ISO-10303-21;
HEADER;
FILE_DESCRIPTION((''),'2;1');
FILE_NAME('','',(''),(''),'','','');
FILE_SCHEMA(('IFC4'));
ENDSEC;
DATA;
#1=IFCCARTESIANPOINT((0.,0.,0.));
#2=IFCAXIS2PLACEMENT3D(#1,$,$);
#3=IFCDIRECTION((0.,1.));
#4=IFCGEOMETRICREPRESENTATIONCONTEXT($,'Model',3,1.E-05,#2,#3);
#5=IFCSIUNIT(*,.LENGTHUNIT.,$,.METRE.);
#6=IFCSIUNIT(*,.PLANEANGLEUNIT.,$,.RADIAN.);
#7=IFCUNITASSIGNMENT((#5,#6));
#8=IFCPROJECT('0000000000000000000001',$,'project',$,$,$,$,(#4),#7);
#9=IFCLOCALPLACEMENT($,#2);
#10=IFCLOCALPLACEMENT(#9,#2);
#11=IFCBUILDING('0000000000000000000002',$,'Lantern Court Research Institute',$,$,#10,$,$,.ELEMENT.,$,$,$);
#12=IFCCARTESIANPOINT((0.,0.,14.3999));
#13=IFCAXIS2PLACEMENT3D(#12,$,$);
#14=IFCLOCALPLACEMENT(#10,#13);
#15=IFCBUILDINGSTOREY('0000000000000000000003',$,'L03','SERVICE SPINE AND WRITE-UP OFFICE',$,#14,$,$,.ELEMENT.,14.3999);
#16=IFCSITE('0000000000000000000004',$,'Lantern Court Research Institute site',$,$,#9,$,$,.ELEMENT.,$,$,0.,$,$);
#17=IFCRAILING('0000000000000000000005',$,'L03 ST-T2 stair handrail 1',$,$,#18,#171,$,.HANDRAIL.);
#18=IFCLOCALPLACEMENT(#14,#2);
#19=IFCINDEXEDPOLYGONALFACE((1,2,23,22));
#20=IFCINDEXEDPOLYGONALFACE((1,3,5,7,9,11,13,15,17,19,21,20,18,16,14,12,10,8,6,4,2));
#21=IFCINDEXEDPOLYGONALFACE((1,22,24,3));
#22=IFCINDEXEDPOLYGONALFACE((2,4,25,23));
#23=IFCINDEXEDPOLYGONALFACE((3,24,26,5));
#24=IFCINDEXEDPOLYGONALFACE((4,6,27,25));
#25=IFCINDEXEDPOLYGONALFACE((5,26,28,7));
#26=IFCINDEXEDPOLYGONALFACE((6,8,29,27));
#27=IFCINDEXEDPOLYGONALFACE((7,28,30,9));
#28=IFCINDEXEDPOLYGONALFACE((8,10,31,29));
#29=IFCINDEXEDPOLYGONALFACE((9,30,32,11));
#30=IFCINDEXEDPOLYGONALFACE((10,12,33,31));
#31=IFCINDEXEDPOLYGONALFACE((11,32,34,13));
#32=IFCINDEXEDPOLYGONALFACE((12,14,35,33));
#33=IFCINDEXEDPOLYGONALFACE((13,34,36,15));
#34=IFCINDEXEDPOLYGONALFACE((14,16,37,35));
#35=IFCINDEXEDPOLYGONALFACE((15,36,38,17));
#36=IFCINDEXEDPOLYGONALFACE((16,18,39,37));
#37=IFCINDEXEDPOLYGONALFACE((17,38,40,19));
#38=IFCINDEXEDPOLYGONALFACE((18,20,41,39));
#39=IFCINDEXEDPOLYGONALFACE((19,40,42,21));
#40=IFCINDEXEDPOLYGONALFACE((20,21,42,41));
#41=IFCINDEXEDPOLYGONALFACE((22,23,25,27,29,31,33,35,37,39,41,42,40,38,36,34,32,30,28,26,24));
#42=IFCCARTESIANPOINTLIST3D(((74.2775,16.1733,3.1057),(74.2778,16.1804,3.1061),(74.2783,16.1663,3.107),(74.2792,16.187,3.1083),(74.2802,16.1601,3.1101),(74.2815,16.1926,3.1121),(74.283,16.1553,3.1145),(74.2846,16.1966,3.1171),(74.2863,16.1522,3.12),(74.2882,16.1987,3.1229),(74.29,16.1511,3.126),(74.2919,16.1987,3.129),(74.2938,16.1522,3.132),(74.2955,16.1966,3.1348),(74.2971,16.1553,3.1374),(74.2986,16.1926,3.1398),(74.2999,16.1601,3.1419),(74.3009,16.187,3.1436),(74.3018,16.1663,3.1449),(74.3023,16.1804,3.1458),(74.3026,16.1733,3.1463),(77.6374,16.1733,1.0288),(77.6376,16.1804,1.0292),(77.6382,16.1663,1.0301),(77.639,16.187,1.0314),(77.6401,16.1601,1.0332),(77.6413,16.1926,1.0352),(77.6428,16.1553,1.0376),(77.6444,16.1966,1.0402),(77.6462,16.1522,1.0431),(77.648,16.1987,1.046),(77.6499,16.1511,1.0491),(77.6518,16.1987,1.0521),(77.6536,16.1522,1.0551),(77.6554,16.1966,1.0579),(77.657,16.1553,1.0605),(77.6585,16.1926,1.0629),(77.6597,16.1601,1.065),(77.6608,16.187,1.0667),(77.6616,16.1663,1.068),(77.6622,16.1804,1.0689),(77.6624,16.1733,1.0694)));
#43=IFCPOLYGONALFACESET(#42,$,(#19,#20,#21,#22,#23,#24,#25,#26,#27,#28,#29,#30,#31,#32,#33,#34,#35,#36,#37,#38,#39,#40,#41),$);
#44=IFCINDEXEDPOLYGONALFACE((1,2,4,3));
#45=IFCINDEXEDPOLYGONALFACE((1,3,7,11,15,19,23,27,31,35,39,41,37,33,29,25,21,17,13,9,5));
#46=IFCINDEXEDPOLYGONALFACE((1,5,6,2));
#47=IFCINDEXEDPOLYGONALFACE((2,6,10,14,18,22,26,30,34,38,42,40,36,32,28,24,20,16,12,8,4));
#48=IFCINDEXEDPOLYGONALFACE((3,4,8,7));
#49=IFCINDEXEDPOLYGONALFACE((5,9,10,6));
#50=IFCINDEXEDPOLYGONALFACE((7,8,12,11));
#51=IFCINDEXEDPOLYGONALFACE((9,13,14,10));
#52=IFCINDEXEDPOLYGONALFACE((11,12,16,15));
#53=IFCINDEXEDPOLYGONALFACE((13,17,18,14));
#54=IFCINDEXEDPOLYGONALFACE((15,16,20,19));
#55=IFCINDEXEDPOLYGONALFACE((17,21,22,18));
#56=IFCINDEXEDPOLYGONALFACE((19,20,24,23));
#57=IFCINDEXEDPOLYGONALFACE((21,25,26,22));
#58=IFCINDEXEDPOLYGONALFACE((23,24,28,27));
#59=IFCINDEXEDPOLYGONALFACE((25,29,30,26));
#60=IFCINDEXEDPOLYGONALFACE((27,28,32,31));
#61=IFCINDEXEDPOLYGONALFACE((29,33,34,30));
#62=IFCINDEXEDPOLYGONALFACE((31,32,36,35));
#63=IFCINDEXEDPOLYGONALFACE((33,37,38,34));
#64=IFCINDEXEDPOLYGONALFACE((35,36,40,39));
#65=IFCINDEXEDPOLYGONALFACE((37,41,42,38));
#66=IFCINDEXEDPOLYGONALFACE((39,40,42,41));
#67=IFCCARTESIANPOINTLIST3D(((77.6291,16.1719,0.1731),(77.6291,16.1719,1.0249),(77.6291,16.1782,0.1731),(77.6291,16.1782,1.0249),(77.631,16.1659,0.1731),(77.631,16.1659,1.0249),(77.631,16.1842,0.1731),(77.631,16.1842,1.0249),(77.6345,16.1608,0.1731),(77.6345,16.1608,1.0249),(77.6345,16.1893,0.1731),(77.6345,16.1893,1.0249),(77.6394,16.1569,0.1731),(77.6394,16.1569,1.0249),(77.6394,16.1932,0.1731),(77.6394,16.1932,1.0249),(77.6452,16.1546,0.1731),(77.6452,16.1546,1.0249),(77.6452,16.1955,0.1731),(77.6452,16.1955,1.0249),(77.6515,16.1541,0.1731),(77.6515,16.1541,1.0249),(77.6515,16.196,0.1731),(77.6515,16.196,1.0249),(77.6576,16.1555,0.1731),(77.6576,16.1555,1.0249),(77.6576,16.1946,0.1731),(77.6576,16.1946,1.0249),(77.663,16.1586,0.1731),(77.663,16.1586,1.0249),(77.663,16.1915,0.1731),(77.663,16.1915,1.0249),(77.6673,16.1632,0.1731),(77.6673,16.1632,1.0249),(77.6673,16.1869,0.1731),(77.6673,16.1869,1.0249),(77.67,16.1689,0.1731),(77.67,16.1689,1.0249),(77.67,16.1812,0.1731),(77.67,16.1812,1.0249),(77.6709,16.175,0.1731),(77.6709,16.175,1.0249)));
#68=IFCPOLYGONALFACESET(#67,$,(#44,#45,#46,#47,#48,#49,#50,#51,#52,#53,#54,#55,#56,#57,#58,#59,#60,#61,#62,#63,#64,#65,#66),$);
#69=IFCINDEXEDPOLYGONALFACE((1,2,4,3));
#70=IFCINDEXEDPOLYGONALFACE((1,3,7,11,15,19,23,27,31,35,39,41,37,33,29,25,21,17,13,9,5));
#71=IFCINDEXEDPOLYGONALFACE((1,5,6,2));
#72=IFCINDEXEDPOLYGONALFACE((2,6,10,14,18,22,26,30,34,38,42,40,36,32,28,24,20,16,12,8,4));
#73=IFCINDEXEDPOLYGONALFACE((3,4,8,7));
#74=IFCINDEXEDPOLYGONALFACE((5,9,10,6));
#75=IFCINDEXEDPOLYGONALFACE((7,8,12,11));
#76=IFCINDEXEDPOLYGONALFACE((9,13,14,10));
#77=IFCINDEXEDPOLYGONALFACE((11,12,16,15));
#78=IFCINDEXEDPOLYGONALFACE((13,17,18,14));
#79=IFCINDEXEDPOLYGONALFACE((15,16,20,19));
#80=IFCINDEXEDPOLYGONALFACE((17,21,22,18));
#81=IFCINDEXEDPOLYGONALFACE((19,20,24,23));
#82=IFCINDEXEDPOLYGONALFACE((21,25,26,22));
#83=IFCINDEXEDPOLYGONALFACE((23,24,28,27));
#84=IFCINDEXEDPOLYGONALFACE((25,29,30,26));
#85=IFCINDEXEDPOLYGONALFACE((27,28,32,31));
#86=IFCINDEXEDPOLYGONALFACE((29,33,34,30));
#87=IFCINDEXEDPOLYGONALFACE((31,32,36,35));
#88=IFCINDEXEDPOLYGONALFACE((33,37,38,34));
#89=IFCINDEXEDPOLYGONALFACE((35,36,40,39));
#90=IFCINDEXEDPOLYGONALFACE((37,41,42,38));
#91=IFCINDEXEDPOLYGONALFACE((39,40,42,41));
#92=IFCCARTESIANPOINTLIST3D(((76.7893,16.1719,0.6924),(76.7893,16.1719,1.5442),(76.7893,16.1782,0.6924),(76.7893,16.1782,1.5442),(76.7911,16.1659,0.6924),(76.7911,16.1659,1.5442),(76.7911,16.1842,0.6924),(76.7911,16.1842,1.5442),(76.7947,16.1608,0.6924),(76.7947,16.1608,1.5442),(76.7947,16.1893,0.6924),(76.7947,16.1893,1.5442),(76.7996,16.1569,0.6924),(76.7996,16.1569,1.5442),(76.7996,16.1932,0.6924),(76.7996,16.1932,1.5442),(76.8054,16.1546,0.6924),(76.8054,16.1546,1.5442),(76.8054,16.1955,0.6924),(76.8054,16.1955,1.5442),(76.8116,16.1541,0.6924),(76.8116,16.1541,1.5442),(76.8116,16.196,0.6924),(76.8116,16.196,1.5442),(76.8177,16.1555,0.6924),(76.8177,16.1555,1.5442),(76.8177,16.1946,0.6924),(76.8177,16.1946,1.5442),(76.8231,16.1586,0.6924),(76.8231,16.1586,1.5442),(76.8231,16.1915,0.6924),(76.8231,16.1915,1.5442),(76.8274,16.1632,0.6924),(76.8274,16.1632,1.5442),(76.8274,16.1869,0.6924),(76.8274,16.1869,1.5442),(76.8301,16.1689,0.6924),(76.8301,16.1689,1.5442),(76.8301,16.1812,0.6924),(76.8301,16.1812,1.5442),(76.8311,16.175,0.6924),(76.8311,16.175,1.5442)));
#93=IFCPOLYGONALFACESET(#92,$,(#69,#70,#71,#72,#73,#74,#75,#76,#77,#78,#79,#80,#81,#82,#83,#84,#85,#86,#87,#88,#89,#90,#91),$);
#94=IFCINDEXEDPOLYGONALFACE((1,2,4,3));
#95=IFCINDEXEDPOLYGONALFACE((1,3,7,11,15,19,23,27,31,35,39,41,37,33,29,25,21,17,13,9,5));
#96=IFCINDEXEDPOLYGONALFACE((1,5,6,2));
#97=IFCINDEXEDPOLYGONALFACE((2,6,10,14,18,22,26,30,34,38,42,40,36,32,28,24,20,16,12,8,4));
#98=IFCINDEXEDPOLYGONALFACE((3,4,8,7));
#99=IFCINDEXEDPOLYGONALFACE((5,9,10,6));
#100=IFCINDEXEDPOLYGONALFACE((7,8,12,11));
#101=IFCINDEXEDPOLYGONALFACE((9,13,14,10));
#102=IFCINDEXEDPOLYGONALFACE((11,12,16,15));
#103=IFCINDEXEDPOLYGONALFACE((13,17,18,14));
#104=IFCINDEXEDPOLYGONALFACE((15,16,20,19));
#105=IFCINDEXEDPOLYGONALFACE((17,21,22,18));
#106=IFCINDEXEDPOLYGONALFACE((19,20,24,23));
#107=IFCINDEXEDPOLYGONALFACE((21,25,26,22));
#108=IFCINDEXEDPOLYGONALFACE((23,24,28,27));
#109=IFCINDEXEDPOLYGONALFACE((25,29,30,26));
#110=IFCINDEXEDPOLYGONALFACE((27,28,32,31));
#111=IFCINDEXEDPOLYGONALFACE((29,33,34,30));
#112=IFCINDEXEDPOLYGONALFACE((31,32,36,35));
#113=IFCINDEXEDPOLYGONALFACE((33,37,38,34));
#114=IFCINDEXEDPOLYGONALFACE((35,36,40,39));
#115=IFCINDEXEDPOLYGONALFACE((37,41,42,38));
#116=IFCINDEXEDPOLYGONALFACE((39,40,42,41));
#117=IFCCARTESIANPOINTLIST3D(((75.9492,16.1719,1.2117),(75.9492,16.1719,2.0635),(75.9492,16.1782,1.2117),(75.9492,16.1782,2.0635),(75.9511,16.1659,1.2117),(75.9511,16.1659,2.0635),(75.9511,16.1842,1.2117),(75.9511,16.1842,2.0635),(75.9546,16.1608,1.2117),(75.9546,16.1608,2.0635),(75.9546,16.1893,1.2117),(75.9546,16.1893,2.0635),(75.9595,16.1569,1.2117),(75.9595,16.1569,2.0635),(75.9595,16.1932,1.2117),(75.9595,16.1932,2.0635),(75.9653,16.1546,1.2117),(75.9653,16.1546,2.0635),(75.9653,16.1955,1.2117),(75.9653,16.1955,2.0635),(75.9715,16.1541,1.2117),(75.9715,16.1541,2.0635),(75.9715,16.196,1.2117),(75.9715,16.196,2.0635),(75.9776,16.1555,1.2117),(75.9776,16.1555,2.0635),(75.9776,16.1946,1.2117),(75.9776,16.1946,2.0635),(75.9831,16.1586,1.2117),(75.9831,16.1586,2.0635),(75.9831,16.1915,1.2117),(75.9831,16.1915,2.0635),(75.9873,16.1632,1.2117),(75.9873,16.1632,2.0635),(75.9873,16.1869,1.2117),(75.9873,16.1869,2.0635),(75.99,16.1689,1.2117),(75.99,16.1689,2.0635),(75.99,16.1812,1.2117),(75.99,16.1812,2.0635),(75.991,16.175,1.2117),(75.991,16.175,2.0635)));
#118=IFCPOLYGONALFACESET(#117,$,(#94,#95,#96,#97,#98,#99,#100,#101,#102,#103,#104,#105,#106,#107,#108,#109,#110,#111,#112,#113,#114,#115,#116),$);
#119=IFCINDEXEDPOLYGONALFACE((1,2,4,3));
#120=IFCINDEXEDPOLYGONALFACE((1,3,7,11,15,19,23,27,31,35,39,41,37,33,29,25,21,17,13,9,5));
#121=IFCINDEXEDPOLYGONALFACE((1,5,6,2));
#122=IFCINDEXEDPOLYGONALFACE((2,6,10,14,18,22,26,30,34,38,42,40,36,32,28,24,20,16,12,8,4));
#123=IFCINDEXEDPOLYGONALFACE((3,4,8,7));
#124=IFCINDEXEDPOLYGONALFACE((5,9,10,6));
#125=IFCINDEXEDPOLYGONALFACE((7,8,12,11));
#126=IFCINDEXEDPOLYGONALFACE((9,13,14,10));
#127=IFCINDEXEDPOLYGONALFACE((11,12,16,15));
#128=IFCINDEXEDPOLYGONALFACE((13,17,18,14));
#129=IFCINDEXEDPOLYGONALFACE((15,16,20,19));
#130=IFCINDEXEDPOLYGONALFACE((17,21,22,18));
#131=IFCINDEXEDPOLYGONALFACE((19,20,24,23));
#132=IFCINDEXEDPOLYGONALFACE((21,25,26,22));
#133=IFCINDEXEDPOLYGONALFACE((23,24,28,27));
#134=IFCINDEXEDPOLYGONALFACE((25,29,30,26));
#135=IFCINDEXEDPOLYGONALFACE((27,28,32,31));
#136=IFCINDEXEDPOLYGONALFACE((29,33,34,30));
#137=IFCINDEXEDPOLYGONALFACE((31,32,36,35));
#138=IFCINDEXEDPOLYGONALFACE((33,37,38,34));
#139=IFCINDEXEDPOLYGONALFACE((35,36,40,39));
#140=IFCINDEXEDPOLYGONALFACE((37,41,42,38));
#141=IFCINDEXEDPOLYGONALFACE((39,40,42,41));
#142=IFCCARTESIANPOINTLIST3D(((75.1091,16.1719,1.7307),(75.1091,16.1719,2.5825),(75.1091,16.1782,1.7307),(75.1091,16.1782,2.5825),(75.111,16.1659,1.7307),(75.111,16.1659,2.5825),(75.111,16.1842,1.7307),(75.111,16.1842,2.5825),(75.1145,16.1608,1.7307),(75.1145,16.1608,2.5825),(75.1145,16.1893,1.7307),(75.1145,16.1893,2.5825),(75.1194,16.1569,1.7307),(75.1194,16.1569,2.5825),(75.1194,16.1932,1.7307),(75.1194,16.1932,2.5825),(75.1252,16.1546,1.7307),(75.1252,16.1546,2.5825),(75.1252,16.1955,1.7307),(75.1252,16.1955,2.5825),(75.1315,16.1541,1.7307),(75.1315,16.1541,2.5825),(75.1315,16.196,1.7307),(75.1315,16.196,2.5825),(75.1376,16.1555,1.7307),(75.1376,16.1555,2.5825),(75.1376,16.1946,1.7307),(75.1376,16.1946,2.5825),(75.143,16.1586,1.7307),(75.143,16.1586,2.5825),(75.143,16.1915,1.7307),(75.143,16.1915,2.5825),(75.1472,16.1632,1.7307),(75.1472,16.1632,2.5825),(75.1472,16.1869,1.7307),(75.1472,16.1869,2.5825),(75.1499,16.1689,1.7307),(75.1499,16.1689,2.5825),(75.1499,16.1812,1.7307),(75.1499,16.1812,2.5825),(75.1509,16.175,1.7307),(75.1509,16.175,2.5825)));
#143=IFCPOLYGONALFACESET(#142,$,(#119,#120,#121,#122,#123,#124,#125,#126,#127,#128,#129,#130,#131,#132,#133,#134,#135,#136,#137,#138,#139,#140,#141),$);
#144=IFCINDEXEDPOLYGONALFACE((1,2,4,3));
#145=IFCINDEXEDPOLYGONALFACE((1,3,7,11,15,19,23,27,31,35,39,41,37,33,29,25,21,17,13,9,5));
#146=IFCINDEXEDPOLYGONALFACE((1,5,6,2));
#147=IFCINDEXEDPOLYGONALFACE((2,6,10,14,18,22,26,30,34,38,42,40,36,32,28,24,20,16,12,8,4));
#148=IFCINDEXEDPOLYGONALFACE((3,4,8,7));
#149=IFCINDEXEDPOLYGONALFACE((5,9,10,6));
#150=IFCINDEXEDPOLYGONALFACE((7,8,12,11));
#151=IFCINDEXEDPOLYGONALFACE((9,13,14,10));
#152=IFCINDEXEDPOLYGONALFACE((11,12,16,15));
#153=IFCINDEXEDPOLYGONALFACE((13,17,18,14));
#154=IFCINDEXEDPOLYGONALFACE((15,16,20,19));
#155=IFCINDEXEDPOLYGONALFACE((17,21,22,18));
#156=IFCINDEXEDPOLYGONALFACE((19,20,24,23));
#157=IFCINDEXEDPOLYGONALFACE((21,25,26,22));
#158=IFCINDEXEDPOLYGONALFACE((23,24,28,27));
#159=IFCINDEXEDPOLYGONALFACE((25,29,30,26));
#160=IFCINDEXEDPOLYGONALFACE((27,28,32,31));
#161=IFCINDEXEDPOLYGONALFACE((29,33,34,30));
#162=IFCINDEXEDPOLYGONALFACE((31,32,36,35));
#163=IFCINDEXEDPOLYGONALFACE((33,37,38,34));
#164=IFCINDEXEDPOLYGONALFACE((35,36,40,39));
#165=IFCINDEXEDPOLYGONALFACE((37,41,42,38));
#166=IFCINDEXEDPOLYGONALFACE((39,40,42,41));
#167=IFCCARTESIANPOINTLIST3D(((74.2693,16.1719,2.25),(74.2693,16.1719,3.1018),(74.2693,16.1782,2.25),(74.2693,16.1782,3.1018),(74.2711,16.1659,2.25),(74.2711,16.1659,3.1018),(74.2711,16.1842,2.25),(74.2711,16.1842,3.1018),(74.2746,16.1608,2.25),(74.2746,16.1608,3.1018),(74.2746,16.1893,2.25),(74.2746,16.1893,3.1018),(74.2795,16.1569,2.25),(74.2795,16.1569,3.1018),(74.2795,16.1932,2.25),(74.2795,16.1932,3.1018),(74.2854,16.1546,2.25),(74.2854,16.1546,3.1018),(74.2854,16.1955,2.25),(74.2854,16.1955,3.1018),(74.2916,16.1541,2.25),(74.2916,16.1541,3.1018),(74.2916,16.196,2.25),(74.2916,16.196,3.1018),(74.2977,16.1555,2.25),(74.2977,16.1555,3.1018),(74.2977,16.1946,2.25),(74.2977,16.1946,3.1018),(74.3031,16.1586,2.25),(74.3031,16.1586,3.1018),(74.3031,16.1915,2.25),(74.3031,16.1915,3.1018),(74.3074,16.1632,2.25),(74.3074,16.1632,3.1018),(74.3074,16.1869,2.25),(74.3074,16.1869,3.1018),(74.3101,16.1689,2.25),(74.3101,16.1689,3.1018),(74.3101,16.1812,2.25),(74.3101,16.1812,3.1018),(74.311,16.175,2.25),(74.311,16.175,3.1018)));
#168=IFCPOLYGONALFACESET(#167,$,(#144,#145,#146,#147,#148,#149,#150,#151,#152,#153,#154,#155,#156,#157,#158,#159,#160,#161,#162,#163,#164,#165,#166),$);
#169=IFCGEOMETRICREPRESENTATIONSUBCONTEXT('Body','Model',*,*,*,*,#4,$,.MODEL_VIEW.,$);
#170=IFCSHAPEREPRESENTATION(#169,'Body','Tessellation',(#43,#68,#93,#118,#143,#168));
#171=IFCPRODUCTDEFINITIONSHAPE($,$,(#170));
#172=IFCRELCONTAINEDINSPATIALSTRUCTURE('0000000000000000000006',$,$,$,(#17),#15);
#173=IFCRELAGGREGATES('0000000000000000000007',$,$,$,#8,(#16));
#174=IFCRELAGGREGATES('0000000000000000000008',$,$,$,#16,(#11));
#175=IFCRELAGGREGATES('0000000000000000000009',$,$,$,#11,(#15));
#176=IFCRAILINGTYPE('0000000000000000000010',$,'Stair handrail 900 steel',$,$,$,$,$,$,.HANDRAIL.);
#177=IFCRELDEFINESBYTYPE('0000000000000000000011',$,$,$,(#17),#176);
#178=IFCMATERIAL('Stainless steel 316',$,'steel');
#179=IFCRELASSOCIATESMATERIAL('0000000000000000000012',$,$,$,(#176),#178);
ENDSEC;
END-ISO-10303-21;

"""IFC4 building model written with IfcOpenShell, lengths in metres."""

from ifc_helpers import new_model, si_unit, direction, frame, origin, origin_2d, place, context, subcontext, project, spatial, circle, extrude, material, type_object, element, save


model = new_model("IFC4")

# Units and contexts
model_context = context("Model", 3, precision=1e-05, world=origin(), true_north=direction((0.0, 1.0)))
body_context = subcontext(model_context, "Body", "Model", "MODEL_VIEW")
ifc_project = project(units=[si_unit("LENGTHUNIT", "METRE"), si_unit("PLANEANGLEUNIT", "RADIAN")], contexts=[model_context])

# Site, building, storey
site_placement = place(None, origin())
site = spatial("IfcSite", under=ifc_project, at=site_placement, Name="Lantern Court Research Institute site", CompositionType="ELEMENT", RefElevation=0.0)
building_placement = place(site_placement, origin())
building = spatial("IfcBuilding", under=site, at=building_placement, Name="Lantern Court Research Institute", CompositionType="ELEMENT")
storey_placement = place(building_placement, frame((0.0, 0.0, 14.3999)))
storey = spatial("IfcBuildingStorey", under=building, at=storey_placement, Name="L03", Description="SERVICE SPINE AND WRITE-UP OFFICE", CompositionType="ELEMENT", Elevation=14.3999)

# Railing
ifc_material_1 = material(Name="Stainless steel 316", Category="steel")
railing_type_1 = type_object("IfcRailingType", Name="Stair handrail 900 steel", PredefinedType="HANDRAIL", material=ifc_material_1)
railing_1_placement = place(storey_placement, frame((77.6499, 16.175, 0.1731)))
element("IfcRailing", 1, at=railing_1_placement, inside=storey, type_object=railing_type_1, Name="L03 ST-T2 stair handrail 1", PredefinedType="HANDRAIL", context=body_context, shape_type="SweptSolid", body=[
    extrude(circle(Radius=0.0239, at=origin_2d()), frame((0.0, 0.0, 0.876), z_axis=(-0.850606, 0.0, 0.525803), x_axis=(0.0, -1.0, 0.0)), (0.0, 0.0, 1.0), 3.95),
    extrude(circle(Radius=0.021, at=origin_2d()), origin(), (0.0, 0.0, 1.0), 0.8518),
    extrude(circle(Radius=0.021, at=origin_2d()), frame((-0.8398, 0.0, 0.5193)), (0.0, 0.0, 1.0), 0.8518),
    extrude(circle(Radius=0.021, at=origin_2d()), frame((-1.6799, 0.0, 1.0386)), (0.0, 0.0, 1.0), 0.8518),
    extrude(circle(Radius=0.021, at=origin_2d()), frame((-2.52, 0.0, 1.5576)), (0.0, 0.0, 1.0), 0.8518),
    extrude(circle(Radius=0.021, at=origin_2d()), frame((-3.3599, 0.0, 2.0769)), (0.0, 0.0, 1.0), 0.8518),
])

save(model, "model.ifc")
